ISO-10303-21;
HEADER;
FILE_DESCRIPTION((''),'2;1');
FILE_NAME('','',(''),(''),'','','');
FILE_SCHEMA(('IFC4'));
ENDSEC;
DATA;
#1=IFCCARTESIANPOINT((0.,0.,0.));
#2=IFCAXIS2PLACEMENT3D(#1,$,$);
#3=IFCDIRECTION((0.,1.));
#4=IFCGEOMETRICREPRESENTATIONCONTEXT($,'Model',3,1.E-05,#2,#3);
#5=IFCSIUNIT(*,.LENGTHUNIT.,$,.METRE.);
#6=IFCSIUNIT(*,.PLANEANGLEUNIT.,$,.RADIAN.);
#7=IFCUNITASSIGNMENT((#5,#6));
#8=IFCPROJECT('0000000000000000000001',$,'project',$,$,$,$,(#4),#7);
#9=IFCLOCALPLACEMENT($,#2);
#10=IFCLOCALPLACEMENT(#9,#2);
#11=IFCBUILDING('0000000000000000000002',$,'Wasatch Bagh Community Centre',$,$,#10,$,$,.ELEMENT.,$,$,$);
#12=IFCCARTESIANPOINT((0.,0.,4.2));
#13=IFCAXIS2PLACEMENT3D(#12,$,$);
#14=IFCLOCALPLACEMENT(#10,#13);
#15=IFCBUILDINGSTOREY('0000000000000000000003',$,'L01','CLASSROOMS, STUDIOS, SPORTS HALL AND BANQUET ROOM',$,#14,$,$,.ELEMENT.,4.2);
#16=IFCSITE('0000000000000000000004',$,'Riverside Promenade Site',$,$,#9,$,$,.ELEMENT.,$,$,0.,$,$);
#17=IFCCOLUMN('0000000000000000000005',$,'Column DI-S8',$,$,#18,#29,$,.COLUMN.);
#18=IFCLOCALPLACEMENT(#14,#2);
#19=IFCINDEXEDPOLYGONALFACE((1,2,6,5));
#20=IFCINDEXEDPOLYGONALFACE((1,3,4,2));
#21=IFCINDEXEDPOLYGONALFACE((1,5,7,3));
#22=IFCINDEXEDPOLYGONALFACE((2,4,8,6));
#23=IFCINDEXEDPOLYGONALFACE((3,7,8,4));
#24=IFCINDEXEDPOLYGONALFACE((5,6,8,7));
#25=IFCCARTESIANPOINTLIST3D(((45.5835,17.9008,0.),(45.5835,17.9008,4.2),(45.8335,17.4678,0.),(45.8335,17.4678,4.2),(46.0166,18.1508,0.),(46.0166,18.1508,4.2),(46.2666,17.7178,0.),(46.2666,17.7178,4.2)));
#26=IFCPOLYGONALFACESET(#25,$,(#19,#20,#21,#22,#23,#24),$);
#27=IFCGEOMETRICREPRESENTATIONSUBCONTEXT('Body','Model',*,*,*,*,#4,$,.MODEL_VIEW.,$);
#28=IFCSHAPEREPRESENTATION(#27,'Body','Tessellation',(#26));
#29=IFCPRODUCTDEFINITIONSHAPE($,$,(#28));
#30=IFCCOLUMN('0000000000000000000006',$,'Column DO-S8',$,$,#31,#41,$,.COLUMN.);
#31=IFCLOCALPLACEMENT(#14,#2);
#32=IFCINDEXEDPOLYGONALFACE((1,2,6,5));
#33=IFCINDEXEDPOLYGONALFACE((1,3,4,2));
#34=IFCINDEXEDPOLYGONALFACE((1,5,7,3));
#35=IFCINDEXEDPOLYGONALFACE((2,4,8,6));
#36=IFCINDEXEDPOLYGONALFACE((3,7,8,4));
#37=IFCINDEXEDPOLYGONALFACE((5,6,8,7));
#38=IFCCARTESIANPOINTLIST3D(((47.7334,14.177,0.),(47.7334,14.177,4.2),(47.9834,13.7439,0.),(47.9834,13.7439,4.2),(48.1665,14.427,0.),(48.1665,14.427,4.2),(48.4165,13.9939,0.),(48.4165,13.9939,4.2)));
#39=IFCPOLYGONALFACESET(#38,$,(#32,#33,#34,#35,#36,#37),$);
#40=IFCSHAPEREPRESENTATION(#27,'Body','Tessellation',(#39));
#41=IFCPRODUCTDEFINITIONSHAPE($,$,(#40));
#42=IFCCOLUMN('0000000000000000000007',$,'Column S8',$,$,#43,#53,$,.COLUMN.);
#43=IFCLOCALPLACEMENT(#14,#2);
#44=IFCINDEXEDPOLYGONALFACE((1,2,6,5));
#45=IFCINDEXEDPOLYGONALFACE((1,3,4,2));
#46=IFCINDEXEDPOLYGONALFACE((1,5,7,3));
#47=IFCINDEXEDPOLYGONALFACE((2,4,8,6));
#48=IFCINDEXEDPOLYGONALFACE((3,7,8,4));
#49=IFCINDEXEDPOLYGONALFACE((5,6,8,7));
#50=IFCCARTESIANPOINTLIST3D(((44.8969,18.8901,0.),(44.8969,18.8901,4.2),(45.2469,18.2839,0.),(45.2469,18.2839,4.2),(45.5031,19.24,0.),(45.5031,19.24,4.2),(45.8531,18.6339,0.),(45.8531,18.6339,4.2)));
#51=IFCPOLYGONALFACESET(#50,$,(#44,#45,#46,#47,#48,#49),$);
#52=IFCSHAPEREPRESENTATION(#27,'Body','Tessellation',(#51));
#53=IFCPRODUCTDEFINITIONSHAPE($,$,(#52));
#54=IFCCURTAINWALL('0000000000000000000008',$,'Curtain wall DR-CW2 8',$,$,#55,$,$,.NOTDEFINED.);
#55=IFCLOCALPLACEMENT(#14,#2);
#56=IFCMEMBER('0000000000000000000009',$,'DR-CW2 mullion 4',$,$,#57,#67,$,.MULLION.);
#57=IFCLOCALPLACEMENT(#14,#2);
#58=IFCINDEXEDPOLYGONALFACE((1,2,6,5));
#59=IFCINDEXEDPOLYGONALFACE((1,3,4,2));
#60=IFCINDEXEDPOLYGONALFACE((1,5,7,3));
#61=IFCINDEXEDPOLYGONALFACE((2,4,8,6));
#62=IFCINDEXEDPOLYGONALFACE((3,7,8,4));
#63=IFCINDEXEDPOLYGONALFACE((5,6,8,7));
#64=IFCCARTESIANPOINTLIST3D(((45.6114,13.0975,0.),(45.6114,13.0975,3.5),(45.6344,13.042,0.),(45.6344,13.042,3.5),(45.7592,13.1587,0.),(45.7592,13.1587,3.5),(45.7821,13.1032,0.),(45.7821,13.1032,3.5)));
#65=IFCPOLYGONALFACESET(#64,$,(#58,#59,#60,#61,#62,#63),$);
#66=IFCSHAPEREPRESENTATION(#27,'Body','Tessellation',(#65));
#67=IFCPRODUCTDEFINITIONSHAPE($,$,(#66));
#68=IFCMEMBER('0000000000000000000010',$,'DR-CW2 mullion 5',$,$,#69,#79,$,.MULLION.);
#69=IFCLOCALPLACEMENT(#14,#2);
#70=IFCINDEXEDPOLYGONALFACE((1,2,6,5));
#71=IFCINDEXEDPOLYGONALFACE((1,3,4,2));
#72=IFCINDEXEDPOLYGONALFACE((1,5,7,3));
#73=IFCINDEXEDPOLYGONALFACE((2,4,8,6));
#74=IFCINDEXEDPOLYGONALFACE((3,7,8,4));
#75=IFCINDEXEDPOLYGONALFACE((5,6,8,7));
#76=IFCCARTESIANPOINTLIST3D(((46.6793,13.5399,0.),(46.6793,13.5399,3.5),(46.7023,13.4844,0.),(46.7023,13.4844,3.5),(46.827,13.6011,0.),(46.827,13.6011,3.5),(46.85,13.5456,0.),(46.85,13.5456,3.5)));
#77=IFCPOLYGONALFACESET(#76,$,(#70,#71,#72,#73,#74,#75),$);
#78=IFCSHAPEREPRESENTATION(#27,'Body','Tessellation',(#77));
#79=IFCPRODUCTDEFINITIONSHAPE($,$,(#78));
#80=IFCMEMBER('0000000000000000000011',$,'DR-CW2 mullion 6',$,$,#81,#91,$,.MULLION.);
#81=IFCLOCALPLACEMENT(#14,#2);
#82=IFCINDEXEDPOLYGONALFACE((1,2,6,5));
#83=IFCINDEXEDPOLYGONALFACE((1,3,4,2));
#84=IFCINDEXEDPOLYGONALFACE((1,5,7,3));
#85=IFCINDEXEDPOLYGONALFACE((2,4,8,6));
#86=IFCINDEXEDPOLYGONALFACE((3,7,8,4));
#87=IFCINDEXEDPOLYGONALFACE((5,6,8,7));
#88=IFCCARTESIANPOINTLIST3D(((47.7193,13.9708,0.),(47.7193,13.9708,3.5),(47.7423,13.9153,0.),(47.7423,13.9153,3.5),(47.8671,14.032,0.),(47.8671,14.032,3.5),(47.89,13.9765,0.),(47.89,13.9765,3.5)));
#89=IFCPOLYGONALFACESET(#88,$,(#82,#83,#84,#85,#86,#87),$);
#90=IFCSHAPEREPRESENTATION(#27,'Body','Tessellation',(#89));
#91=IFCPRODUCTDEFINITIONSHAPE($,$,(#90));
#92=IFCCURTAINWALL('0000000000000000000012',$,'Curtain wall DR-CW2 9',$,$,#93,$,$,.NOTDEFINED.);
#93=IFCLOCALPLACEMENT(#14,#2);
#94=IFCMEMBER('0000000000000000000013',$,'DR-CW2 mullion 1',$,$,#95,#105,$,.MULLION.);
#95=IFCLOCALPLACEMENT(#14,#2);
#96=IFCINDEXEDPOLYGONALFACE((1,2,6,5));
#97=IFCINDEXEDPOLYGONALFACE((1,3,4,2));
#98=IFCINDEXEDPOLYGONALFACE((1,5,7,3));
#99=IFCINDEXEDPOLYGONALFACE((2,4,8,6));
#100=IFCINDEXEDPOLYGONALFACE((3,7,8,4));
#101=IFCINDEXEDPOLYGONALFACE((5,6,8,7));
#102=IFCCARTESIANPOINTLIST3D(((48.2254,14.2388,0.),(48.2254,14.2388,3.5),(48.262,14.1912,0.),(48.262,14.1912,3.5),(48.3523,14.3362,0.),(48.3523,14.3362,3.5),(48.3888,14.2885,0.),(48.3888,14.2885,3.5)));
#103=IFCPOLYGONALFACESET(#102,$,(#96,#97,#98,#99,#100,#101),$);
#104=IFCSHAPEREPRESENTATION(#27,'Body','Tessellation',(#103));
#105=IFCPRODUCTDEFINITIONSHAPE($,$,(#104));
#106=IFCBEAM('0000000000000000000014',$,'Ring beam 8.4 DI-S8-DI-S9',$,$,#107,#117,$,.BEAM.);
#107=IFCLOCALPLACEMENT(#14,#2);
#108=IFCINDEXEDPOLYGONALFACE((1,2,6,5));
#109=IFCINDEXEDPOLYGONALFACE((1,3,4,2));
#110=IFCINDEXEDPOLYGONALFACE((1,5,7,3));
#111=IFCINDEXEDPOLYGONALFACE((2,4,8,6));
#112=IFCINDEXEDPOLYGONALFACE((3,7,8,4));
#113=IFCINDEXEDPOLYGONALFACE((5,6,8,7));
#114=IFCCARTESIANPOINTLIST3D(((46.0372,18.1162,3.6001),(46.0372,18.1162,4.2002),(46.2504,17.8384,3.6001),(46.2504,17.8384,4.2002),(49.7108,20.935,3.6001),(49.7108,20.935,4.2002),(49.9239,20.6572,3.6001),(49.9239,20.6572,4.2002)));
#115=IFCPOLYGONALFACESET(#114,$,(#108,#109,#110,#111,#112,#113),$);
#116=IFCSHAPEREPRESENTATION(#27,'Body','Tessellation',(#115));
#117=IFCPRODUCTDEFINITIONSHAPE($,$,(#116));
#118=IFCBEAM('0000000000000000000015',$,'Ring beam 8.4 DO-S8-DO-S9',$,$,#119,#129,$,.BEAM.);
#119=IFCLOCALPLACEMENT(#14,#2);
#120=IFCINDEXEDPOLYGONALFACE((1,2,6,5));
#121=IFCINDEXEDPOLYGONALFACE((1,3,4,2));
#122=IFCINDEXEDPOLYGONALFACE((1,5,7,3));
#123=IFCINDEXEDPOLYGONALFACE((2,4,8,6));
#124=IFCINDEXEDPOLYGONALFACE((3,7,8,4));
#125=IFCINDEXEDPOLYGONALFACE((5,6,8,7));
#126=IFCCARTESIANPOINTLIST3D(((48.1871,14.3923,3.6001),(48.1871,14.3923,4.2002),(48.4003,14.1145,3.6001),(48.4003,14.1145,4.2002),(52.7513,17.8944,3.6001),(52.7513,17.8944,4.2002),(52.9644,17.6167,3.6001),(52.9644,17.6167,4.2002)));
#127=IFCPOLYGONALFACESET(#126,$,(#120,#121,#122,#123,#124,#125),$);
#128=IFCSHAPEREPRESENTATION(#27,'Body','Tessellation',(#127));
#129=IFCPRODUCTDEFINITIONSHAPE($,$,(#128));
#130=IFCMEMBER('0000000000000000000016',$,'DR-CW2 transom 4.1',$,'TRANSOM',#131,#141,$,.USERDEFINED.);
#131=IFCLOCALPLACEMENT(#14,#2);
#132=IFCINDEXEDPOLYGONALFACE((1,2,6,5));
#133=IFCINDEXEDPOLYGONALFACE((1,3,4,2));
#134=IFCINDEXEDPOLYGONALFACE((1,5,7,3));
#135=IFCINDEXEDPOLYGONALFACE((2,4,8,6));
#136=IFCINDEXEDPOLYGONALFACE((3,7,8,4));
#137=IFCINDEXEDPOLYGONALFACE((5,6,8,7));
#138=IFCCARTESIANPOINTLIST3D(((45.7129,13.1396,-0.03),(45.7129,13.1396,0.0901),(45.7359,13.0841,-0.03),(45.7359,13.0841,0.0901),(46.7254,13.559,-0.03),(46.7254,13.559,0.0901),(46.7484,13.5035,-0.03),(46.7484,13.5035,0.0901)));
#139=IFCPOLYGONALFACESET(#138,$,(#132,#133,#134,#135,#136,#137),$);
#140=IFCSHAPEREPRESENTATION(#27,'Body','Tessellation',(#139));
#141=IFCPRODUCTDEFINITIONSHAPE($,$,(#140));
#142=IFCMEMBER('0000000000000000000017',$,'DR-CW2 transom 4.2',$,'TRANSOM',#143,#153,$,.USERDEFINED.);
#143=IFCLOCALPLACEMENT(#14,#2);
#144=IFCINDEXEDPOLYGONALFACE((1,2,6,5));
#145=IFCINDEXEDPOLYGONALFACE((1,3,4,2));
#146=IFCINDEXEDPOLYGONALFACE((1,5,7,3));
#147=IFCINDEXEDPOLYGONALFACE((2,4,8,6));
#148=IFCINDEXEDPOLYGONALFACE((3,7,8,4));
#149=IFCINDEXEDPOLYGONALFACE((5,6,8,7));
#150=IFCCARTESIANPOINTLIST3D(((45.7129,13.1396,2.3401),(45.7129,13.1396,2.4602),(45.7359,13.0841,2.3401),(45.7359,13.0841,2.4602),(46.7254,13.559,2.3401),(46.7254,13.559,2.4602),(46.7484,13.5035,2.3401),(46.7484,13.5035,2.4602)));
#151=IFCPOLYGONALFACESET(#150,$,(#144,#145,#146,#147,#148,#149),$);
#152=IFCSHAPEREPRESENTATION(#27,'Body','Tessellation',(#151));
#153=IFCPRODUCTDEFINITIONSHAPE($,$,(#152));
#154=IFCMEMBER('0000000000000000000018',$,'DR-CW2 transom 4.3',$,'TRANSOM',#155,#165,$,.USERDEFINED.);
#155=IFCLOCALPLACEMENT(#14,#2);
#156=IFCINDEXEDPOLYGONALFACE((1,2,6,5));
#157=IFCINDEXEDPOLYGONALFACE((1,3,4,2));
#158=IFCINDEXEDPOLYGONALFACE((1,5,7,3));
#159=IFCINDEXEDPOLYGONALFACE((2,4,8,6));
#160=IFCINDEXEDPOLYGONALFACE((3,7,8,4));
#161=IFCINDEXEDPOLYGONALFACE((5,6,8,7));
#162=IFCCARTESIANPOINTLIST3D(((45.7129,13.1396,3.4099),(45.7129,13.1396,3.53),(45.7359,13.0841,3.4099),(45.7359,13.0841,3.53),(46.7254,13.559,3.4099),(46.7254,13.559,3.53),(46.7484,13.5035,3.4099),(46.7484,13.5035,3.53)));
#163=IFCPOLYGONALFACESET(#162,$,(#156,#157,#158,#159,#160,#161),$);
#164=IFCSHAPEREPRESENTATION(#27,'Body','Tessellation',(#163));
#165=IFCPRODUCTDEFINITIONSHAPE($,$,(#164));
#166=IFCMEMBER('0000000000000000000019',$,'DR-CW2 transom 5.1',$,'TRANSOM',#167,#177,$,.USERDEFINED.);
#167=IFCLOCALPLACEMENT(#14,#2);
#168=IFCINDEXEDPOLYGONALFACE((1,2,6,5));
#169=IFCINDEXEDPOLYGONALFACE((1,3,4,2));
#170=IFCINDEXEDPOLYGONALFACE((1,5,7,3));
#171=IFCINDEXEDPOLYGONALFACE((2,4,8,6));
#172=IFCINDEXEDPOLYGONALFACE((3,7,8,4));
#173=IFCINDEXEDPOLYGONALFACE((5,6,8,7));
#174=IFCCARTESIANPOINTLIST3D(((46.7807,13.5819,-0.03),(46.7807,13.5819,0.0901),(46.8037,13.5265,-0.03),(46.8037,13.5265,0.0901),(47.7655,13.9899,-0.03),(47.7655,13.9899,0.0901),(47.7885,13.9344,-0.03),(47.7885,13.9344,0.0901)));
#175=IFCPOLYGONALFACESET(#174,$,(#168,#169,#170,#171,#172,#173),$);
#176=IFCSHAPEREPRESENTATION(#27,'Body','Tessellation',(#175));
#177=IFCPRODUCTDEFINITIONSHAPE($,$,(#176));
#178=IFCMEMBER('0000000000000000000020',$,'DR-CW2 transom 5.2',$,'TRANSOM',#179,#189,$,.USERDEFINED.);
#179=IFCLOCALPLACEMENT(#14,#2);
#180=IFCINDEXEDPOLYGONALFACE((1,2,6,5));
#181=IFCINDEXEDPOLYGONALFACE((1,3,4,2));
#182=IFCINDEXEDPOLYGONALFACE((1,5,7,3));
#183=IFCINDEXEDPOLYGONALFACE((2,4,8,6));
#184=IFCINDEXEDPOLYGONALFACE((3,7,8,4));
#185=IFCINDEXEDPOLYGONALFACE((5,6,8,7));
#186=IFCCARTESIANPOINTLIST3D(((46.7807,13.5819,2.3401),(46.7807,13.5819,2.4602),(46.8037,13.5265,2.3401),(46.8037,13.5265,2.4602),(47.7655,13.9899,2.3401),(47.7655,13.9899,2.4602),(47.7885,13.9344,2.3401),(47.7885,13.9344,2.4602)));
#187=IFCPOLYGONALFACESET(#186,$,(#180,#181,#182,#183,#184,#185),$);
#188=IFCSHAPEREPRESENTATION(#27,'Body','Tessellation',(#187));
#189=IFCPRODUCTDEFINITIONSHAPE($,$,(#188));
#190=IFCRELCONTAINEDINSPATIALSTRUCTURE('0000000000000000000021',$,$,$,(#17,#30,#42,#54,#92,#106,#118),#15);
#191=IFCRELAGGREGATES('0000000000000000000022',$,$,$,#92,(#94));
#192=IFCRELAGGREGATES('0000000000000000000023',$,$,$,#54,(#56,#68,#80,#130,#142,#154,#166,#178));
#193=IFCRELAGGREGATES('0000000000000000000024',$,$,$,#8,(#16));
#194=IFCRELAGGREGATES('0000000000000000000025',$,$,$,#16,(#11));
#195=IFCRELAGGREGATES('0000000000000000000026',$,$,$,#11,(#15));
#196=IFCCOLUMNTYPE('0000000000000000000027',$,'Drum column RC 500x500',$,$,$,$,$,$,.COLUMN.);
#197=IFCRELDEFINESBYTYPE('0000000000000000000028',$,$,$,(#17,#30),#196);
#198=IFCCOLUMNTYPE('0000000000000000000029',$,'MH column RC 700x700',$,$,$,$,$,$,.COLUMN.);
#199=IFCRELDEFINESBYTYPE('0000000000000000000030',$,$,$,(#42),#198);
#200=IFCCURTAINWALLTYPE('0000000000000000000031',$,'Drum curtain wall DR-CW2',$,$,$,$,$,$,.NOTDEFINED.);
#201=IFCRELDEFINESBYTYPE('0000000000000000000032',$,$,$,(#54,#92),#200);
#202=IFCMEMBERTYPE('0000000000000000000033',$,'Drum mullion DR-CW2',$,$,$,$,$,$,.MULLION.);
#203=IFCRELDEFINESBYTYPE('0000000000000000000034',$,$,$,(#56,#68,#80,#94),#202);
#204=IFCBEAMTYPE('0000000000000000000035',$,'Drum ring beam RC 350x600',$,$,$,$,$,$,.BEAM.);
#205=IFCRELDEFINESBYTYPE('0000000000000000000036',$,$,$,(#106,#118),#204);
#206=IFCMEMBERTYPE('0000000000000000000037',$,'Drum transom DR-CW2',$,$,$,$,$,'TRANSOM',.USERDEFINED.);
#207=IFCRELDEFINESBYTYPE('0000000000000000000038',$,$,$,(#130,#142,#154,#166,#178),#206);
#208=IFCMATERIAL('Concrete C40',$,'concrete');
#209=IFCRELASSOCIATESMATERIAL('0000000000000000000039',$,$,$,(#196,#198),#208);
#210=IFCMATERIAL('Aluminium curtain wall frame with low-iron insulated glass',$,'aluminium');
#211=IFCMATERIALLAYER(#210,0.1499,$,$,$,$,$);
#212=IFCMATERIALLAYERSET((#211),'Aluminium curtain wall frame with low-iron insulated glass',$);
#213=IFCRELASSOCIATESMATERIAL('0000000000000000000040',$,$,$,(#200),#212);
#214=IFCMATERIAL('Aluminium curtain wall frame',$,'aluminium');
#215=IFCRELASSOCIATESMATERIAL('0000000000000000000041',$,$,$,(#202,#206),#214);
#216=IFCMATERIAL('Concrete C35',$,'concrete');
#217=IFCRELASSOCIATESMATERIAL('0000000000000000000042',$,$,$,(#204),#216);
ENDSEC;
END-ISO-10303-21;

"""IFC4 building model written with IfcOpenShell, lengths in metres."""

from ifc_helpers import new_model, si_unit, direction, frame, origin, origin_2d, place, context, subcontext, project, spatial, rectangle, extrude, material, layer, layer_set, material_profile, profile_set, type_object, element, aggregate, save


model = new_model("IFC4")

# Units and contexts
model_context = context("Model", 3, precision=1e-05, world=origin(), true_north=direction((0.0, 1.0)))
body_context = subcontext(model_context, "Body", "Model", "MODEL_VIEW")
ifc_project = project(units=[si_unit("LENGTHUNIT", "METRE"), si_unit("PLANEANGLEUNIT", "RADIAN")], contexts=[model_context])

# Site, building, storey
site_placement = place(None, origin())
site = spatial("IfcSite", under=ifc_project, at=site_placement, Name="Riverside Promenade Site", CompositionType="ELEMENT", RefElevation=0.0)
building_placement = place(site_placement, origin())
building = spatial("IfcBuilding", under=site, at=building_placement, Name="Wasatch Bagh Community Centre", CompositionType="ELEMENT")
storey_placement = place(building_placement, frame((0.0, 0.0, 4.2)))
storey = spatial("IfcBuildingStorey", under=building, at=storey_placement, Name="L01", Description="CLASSROOMS, STUDIOS, SPORTS HALL AND BANQUET ROOM", CompositionType="ELEMENT", Elevation=4.2)

# Columns
ifc_material_1 = material(Name="Concrete C40", Category="concrete")
ifc_material_profile_1 = material_profile(ifc_material_1, rectangle(XDim=0.5, YDim=0.5, at=origin_2d()), Name="RC 500x500")
ifc_profile_set_1 = profile_set([ifc_material_profile_1], Name="Concrete C40")
column_type_1 = type_object("IfcColumnType", Name="Drum column RC 500x500", PredefinedType="COLUMN", material=ifc_profile_set_1)
for number, where, z_axis, x_axis, name in (
    (1, (45.925, 17.8093, 0.0), (0.0, 0.0, 1.0), (0.866025, 0.5, 0.0), "Column DI-S8"),
    (2, (48.075, 14.0854, 0.0), (0.0, 0.0, 1.0), (0.866025, 0.5, 0.0), "Column DO-S8"),
):
    element("IfcColumn", number, at=place(storey_placement, frame(where, z_axis=z_axis, x_axis=x_axis)), inside=storey, type_object=column_type_1, Name=name, PredefinedType="COLUMN", context=body_context, shape_type="SweptSolid", body=[
        extrude(rectangle(XDim=0.5, YDim=0.5, at=origin_2d()), origin(), (0.0, 0.0, 1.0), 4.2),
    ])
ifc_material_profile_2 = material_profile(ifc_material_1, rectangle(XDim=0.7, YDim=0.7, at=origin_2d()), Name="RC 700x700")
ifc_profile_set_2 = profile_set([ifc_material_profile_2], Name="Concrete C40")
column_type_2 = type_object("IfcColumnType", Name="MH column RC 700x700", PredefinedType="COLUMN", material=ifc_profile_set_2)
column_placement = place(storey_placement, frame((45.375, 18.762, 0.0), z_axis=(0.0, 0.0, 1.0), x_axis=(0.866025, 0.5, 0.0)))
element("IfcColumn", 3, at=column_placement, inside=storey, type_object=column_type_2, Name="Column S8", PredefinedType="COLUMN", context=body_context, shape_type="SweptSolid", body=[
    extrude(rectangle(XDim=0.7, YDim=0.7, at=origin_2d()), origin(), (0.0, 0.0, 1.0), 4.2),
])

# Curtain wall, members
ifc_material_2 = material(Name="Aluminium curtain wall frame with low-iron insulated glass", Category="aluminium")
ifc_layer_1 = layer(ifc_material_2, 0.1499)
ifc_layer_set_1 = layer_set([ifc_layer_1], Name="Aluminium curtain wall frame with low-iron insulated glass")
curtain_wall_type = type_object("IfcCurtainWallType", Name="Drum curtain wall DR-CW2", PredefinedType="NOTDEFINED", material=ifc_layer_set_1)
curtain_wall_1_placement = place(storey_placement, origin())
curtain_wall_1 = element("IfcCurtainWall", 4, at=curtain_wall_1_placement, inside=storey, type_object=curtain_wall_type, Name="Curtain wall DR-CW2 8", PredefinedType="NOTDEFINED")
ifc_material_3 = material(Name="Aluminium curtain wall frame", Category="aluminium")
ifc_material_profile_3 = material_profile(ifc_material_3, rectangle(XDim=0.0601, YDim=0.1599, at=origin_2d()), Name="Drum mullion DR-CW2")
ifc_profile_set_3 = profile_set([ifc_material_profile_3], Name="Aluminium curtain wall frame")
member_type_1 = type_object("IfcMemberType", Name="Drum mullion DR-CW2", PredefinedType="MULLION", material=ifc_profile_set_3)
member_1_placement = place(storey_placement, frame((45.6968, 13.1003, 0.0), z_axis=(0.0, 0.0, 1.0), x_axis=(-0.382683, 0.92388, 0.0)))
member_1 = element("IfcMember", 5, at=member_1_placement, type_object=member_type_1, Name="DR-CW2 mullion 4", PredefinedType="MULLION", context=body_context, shape_type="SweptSolid", body=[
    extrude(rectangle(XDim=0.0601, YDim=0.1599, at=origin_2d()), origin(), (0.0, 0.0, 1.0), 3.5),
])
member_2_placement = place(storey_placement, frame((46.7646, 13.5427, 0.0), z_axis=(0.0, 0.0, 1.0), x_axis=(-0.382683, 0.92388, 0.0)))
member_2 = element("IfcMember", 6, at=member_2_placement, type_object=member_type_1, Name="DR-CW2 mullion 5", PredefinedType="MULLION", context=body_context, shape_type="SweptSolid", body=[
    extrude(rectangle(XDim=0.0601, YDim=0.1599, at=origin_2d()), origin(), (0.0, 0.0, 1.0), 3.5),
])
member_3_placement = place(storey_placement, frame((47.8047, 13.9736, 0.0), z_axis=(0.0, 0.0, 1.0), x_axis=(-0.382683, 0.92388, 0.0)))
member_3 = element("IfcMember", 7, at=member_3_placement, type_object=member_type_1, Name="DR-CW2 mullion 6", PredefinedType="MULLION", context=body_context, shape_type="SweptSolid", body=[
    extrude(rectangle(XDim=0.0601, YDim=0.1599, at=origin_2d()), origin(), (0.0, 0.0, 1.0), 3.5),
])

# Curtain wall, member
curtain_wall_2_placement = place(storey_placement, origin())
curtain_wall_2 = element("IfcCurtainWall", 8, at=curtain_wall_2_placement, inside=storey, type_object=curtain_wall_type, Name="Curtain wall DR-CW2 9", PredefinedType="NOTDEFINED")
member_4_placement = place(storey_placement, frame((48.3071, 14.2637, 0.0), z_axis=(0.0, 0.0, 1.0), x_axis=(-0.608761, 0.793353, 0.0)))
member_4 = element("IfcMember", 9, at=member_4_placement, type_object=member_type_1, Name="DR-CW2 mullion 1", PredefinedType="MULLION", context=body_context, shape_type="SweptSolid", body=[
    extrude(rectangle(XDim=0.0601, YDim=0.1599, at=origin_2d()), origin(), (0.0, 0.0, 1.0), 3.5),
])
aggregate(curtain_wall_2, [member_4])

# Beams
ifc_material_4 = material(Name="Concrete C35", Category="concrete")
ifc_material_profile_4 = material_profile(ifc_material_4, rectangle(XDim=0.3501, YDim=0.6001, at=origin_2d()), Name="RC 350x600")
ifc_profile_set_4 = profile_set([ifc_material_profile_4], Name="Concrete C35")
beam_type_1 = type_object("IfcBeamType", Name="Drum ring beam RC 350x600", PredefinedType="BEAM", material=ifc_profile_set_4)
beam_1_placement = place(storey_placement, frame((46.1438, 17.9773, 3.9001), z_axis=(0.793353, 0.608762, 0.0), x_axis=(-0.608762, 0.793353, 0.0)))
element("IfcBeam", 10, at=beam_1_placement, inside=storey, type_object=beam_type_1, Name="Ring beam 8.4 DI-S8-DI-S9", PredefinedType="BEAM", context=body_context, shape_type="SweptSolid", body=[
    extrude(rectangle(XDim=0.3501, YDim=0.6001, at=origin_2d()), origin(), (0.0, 0.0, 1.0), 4.6304),
])
beam_2_placement = place(storey_placement, frame((48.2937, 14.2534, 3.9001), z_axis=(0.793357, 0.608757, 0.0), x_axis=(-0.608757, 0.793357, 0.0)))
element("IfcBeam", 11, at=beam_2_placement, inside=storey, type_object=beam_type_1, Name="Ring beam 8.4 DO-S8-DO-S9", PredefinedType="BEAM", context=body_context, shape_type="SweptSolid", body=[
    extrude(rectangle(XDim=0.3501, YDim=0.6001, at=origin_2d()), origin(), (0.0, 0.0, 1.0), 5.7529),
])

# Members
ifc_material_profile_5 = material_profile(ifc_material_3, rectangle(XDim=0.0601, YDim=0.1201, at=origin_2d()), Name="Drum transom DR-CW2")
ifc_profile_set_5 = profile_set([ifc_material_profile_5], Name="Aluminium curtain wall frame")
member_type_2 = type_object("IfcMemberType", Name="Drum transom DR-CW2", ElementType="TRANSOM", PredefinedType="USERDEFINED", material=ifc_profile_set_5)
member_5_placement = place(storey_placement, frame((45.7244, 13.1118, 0.03), z_axis=(0.923859, 0.382732, 0.0), x_axis=(-0.382732, 0.923859, 0.0)))
member_5 = element("IfcMember", 12, at=member_5_placement, type_object=member_type_2, Name="DR-CW2 transom 4.1", ObjectType="TRANSOM", PredefinedType="USERDEFINED", context=body_context, shape_type="SweptSolid", body=[
    extrude(rectangle(XDim=0.0601, YDim=0.1201, at=origin_2d()), origin(), (0.0, 0.0, 1.0), 1.0959),
])
member_6_placement = place(storey_placement, frame((45.7244, 13.1118, 2.4001), z_axis=(0.923859, 0.382732, 0.0), x_axis=(-0.382732, 0.923859, 0.0)))
member_6 = element("IfcMember", 13, at=member_6_placement, type_object=member_type_2, Name="DR-CW2 transom 4.2", ObjectType="TRANSOM", PredefinedType="USERDEFINED", context=body_context, shape_type="SweptSolid", body=[
    extrude(rectangle(XDim=0.0601, YDim=0.1201, at=origin_2d()), origin(), (0.0, 0.0, 1.0), 1.0959),
])
member_7_placement = place(storey_placement, frame((45.7244, 13.1118, 3.47), z_axis=(0.923859, 0.382732, 0.0), x_axis=(-0.382732, 0.923859, 0.0)))
member_7 = element("IfcMember", 14, at=member_7_placement, type_object=member_type_2, Name="DR-CW2 transom 4.3", ObjectType="TRANSOM", PredefinedType="USERDEFINED", context=body_context, shape_type="SweptSolid", body=[
    extrude(rectangle(XDim=0.0601, YDim=0.1201, at=origin_2d()), origin(), (0.0, 0.0, 1.0), 1.0959),
])
member_8_placement = place(storey_placement, frame((46.7922, 13.5542, 0.03), z_axis=(0.923874, 0.382696, 0.0), x_axis=(-0.382696, 0.923874, 0.0)))
member_8 = element("IfcMember", 15, at=member_8_placement, type_object=member_type_2, Name="DR-CW2 transom 5.1", ObjectType="TRANSOM", PredefinedType="USERDEFINED", context=body_context, shape_type="SweptSolid", body=[
    extrude(rectangle(XDim=0.0601, YDim=0.1201, at=origin_2d()), origin(), (0.0, 0.0, 1.0), 1.0659),
])
member_9_placement = place(storey_placement, frame((46.7922, 13.5542, 2.4001), z_axis=(0.923874, 0.382696, 0.0), x_axis=(-0.382696, 0.923874, 0.0)))
member_9 = element("IfcMember", 16, at=member_9_placement, type_object=member_type_2, Name="DR-CW2 transom 5.2", ObjectType="TRANSOM", PredefinedType="USERDEFINED", context=body_context, shape_type="SweptSolid", body=[
    extrude(rectangle(XDim=0.0601, YDim=0.1201, at=origin_2d()), origin(), (0.0, 0.0, 1.0), 1.0659),
])

aggregate(curtain_wall_1, [member_1, member_2, member_3, member_5, member_6, member_7, member_8, member_9])

save(model, "model.ifc")
